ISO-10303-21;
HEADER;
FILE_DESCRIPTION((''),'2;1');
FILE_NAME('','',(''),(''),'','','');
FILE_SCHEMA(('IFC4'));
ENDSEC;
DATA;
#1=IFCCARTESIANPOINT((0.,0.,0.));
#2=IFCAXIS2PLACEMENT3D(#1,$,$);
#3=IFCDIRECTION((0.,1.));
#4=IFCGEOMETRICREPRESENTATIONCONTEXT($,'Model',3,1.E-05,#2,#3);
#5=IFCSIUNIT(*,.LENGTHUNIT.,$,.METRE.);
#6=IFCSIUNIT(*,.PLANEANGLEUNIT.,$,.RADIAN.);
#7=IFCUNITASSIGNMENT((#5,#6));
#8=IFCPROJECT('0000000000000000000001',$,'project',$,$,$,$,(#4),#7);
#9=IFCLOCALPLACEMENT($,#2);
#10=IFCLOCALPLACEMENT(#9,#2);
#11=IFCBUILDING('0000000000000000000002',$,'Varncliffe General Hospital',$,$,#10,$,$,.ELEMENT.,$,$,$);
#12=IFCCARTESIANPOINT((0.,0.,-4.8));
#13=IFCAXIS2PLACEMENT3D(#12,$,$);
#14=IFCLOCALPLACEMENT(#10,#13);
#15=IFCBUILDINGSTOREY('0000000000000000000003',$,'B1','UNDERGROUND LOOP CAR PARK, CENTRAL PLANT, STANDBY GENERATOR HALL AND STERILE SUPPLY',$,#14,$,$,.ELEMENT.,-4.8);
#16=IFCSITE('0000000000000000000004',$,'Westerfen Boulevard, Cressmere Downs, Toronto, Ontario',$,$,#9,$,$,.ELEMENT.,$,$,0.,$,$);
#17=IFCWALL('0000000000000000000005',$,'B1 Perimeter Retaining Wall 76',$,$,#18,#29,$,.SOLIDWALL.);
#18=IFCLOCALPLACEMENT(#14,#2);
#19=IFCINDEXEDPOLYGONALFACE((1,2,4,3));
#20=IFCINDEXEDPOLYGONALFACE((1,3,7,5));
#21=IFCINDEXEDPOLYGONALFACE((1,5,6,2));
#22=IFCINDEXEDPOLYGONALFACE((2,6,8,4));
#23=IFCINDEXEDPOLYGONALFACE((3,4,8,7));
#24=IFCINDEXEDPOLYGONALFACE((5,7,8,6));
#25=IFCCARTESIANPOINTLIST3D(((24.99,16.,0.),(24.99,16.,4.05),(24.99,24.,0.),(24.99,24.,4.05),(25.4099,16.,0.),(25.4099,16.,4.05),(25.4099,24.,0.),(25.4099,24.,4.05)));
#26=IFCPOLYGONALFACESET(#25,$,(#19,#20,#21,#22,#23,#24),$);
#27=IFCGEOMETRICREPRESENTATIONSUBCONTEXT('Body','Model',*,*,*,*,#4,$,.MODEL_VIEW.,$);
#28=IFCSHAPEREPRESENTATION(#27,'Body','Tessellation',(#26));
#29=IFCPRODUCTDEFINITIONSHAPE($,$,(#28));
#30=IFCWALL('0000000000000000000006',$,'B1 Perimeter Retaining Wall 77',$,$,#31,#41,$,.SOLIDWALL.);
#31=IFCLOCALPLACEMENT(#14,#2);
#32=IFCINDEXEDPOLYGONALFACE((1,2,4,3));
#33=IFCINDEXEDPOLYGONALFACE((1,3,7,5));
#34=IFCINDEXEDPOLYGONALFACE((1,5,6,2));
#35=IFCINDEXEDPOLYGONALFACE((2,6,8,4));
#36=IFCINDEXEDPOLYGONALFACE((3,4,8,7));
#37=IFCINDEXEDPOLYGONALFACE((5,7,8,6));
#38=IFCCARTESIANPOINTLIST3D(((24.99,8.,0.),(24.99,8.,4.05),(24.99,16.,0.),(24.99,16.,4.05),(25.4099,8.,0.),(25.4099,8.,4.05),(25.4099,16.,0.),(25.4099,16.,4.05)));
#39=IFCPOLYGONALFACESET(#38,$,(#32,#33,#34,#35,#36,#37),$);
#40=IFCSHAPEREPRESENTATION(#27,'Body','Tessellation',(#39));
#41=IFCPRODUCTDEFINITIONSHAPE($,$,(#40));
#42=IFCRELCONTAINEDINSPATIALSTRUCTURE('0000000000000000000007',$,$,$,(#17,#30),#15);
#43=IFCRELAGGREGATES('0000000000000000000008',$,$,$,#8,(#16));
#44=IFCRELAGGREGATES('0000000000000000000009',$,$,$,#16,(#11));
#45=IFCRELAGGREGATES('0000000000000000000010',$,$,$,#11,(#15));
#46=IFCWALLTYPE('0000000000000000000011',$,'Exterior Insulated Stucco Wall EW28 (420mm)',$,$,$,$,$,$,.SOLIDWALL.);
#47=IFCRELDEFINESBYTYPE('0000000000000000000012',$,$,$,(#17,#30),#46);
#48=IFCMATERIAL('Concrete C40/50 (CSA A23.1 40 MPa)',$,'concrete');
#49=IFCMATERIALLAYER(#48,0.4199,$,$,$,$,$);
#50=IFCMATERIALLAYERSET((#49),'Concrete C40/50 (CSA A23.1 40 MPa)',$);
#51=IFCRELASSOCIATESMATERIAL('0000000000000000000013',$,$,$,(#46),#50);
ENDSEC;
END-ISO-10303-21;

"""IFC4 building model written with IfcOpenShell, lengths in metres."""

from ifc_helpers import new_model, si_unit, direction, frame, frame_2d, origin, place, context, subcontext, project, spatial, rectangle, extrude, material, layer, layer_set, type_object, element, save


model = new_model("IFC4")

# Units and contexts
model_context = context("Model", 3, precision=1e-05, world=origin(), true_north=direction((0.0, 1.0)))
body_context = subcontext(model_context, "Body", "Model", "MODEL_VIEW")
ifc_project = project(units=[si_unit("LENGTHUNIT", "METRE"), si_unit("PLANEANGLEUNIT", "RADIAN")], contexts=[model_context])

# Site, building, storey
site_placement = place(None, origin())
site = spatial("IfcSite", under=ifc_project, at=site_placement, Name="Westerfen Boulevard, Cressmere Downs, Toronto, Ontario", CompositionType="ELEMENT", RefElevation=0.0)
building_placement = place(site_placement, origin())
building = spatial("IfcBuilding", under=site, at=building_placement, Name="Varncliffe General Hospital", CompositionType="ELEMENT")
storey_placement = place(building_placement, frame((0.0, 0.0, -4.8)))
storey = spatial("IfcBuildingStorey", under=building, at=storey_placement, Name="B1", Description="UNDERGROUND LOOP CAR PARK, CENTRAL PLANT, STANDBY GENERATOR HALL AND STERILE SUPPLY", CompositionType="ELEMENT", Elevation=-4.8)

# Shared definitions
ifc_material_1 = material(Name="Concrete C40/50 (CSA A23.1 40 MPa)", Category="concrete")

# Walls
ifc_layer = layer(ifc_material_1, 0.4199)
ifc_layer_set = layer_set([ifc_layer], Name="Concrete C40/50 (CSA A23.1 40 MPa)")
wall_type = type_object("IfcWallType", Name="Exterior Insulated Stucco Wall EW28 (420mm)", PredefinedType="SOLIDWALL", material=ifc_layer_set)
for number, where, z_axis, x_axis, name in (
    (1, (25.2, 24.0, 0.0), (0.0, 0.0, 1.0), (0.0, -1.0, 0.0), "B1 Perimeter Retaining Wall 76"),
    (2, (25.2, 16.0, 0.0), (0.0, 0.0, 1.0), (0.0, -1.0, 0.0), "B1 Perimeter Retaining Wall 77"),
):
    element("IfcWall", number, at=place(storey_placement, frame(where, z_axis=z_axis, x_axis=x_axis)), inside=storey, type_object=wall_type, Name=name, PredefinedType="SOLIDWALL", context=body_context, shape_type="SweptSolid", body=[
        extrude(rectangle(XDim=8.0, YDim=0.4199, at=frame_2d((4.0, 0.0))), origin(), (0.0, 0.0, 1.0), 4.05),
    ])

save(model, "model.ifc")
